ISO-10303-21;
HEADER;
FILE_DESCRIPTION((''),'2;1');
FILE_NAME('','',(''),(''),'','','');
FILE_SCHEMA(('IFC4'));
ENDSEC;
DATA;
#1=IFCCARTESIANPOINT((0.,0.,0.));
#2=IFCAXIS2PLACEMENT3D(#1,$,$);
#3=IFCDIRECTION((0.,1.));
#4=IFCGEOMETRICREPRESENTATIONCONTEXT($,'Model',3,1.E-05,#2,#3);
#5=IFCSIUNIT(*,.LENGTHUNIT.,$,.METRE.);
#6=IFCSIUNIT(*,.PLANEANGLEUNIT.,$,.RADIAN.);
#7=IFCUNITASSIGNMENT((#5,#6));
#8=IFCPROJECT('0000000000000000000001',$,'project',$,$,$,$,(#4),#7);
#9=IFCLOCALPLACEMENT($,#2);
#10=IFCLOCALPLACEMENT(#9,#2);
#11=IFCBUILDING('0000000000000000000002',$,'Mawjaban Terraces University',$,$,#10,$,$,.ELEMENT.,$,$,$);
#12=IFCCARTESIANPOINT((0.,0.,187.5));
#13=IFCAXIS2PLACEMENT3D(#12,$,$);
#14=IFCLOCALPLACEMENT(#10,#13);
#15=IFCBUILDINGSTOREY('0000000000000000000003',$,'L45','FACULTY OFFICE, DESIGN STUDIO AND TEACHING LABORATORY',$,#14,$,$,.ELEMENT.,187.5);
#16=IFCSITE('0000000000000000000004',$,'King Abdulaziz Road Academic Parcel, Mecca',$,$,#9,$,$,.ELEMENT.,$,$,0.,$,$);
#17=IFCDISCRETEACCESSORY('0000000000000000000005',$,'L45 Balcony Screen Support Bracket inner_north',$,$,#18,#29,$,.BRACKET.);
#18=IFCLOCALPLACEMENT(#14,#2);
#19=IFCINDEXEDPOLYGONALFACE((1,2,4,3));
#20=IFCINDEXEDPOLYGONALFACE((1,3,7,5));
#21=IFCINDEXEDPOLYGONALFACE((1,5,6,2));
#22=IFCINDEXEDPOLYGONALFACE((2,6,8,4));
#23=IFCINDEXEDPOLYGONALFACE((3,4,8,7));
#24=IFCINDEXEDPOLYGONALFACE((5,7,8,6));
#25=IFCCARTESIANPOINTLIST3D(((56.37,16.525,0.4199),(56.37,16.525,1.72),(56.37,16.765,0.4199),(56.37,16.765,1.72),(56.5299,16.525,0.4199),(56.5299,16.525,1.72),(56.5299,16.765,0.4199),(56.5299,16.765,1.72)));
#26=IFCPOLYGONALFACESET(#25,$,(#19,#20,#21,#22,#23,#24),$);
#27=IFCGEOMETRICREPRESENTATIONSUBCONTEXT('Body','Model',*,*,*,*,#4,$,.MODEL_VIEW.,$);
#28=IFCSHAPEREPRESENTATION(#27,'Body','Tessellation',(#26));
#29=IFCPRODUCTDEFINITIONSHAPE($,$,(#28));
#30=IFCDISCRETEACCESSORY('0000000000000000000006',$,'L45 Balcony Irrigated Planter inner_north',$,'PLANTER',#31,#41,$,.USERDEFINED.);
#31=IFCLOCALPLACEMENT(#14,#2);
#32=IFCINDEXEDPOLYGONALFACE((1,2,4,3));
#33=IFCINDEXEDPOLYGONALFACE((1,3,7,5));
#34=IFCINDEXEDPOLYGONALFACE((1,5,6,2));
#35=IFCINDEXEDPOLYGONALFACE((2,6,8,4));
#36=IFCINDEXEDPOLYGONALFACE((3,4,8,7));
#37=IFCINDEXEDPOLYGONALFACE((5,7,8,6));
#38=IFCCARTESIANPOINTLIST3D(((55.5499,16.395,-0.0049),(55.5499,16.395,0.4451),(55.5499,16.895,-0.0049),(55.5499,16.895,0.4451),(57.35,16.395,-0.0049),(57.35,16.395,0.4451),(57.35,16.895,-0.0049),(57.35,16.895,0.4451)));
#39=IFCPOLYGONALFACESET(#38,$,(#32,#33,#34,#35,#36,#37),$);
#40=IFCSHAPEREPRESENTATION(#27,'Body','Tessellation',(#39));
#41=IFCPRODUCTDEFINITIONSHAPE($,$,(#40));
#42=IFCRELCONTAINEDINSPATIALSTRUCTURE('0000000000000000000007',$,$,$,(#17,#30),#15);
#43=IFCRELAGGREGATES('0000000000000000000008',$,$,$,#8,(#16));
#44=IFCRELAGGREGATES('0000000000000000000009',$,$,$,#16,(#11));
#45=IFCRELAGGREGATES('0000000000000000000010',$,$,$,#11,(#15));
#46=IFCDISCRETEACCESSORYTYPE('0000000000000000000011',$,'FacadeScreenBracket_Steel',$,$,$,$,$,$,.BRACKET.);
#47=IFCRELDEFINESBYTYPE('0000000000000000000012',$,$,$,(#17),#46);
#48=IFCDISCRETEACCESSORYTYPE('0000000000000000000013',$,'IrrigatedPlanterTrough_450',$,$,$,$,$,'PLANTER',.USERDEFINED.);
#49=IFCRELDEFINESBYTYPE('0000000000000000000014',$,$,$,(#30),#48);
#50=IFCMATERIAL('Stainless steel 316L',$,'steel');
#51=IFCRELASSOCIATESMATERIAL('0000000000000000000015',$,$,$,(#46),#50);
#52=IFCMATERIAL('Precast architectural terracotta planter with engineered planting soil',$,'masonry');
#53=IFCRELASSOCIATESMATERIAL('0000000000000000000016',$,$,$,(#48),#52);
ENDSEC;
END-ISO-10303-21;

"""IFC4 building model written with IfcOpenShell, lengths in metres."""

from ifc_helpers import new_model, si_unit, direction, frame, origin, origin_2d, place, context, subcontext, project, spatial, rectangle, extrude, material, type_object, element, save


model = new_model("IFC4")

# Units and contexts
model_context = context("Model", 3, precision=1e-05, world=origin(), true_north=direction((0.0, 1.0)))
body_context = subcontext(model_context, "Body", "Model", "MODEL_VIEW")
ifc_project = project(units=[si_unit("LENGTHUNIT", "METRE"), si_unit("PLANEANGLEUNIT", "RADIAN")], contexts=[model_context])

# Site, building, storey
site_placement = place(None, origin())
site = spatial("IfcSite", under=ifc_project, at=site_placement, Name="King Abdulaziz Road Academic Parcel, Mecca", CompositionType="ELEMENT", RefElevation=0.0)
building_placement = place(site_placement, origin())
building = spatial("IfcBuilding", under=site, at=building_placement, Name="Mawjaban Terraces University", CompositionType="ELEMENT")
storey_placement = place(building_placement, frame((0.0, 0.0, 187.5)))
storey = spatial("IfcBuildingStorey", under=building, at=storey_placement, Name="L45", Description="FACULTY OFFICE, DESIGN STUDIO AND TEACHING LABORATORY", CompositionType="ELEMENT", Elevation=187.5)

# Discrete accessories
ifc_material_1 = material(Name="Stainless steel 316L", Category="steel")
discrete_accessory_type_1 = type_object("IfcDiscreteAccessoryType", Name="FacadeScreenBracket_Steel", PredefinedType="BRACKET", material=ifc_material_1)
discrete_accessory_1_placement = place(storey_placement, frame((56.45, 16.645, 0.4199), z_axis=(0.0, 0.0, 1.0), x_axis=(1.0, 0.0, 0.0)))
element("IfcDiscreteAccessory", 1, at=discrete_accessory_1_placement, inside=storey, type_object=discrete_accessory_type_1, Name="L45 Balcony Screen Support Bracket inner_north", PredefinedType="BRACKET", context=body_context, shape_type="SweptSolid", body=[
    extrude(rectangle(XDim=0.1599, YDim=0.24, at=origin_2d()), origin(), (0.0, 0.0, 1.0), 1.3),
])
ifc_material_2 = material(Name="Precast architectural terracotta planter with engineered planting soil", Category="masonry")
discrete_accessory_type_2 = type_object("IfcDiscreteAccessoryType", Name="IrrigatedPlanterTrough_450", ElementType="PLANTER", PredefinedType="USERDEFINED", material=ifc_material_2)
discrete_accessory_2_placement = place(storey_placement, frame((56.45, 16.645, -0.0049), z_axis=(0.0, 0.0, 1.0), x_axis=(1.0, 0.0, 0.0)))
element("IfcDiscreteAccessory", 2, at=discrete_accessory_2_placement, inside=storey, type_object=discrete_accessory_type_2, Name="L45 Balcony Irrigated Planter inner_north", ObjectType="PLANTER", PredefinedType="USERDEFINED", context=body_context, shape_type="SweptSolid", body=[
    extrude(rectangle(XDim=1.8, YDim=0.5, at=origin_2d()), origin(), (0.0, 0.0, 1.0), 0.45),
])

save(model, "model.ifc")
